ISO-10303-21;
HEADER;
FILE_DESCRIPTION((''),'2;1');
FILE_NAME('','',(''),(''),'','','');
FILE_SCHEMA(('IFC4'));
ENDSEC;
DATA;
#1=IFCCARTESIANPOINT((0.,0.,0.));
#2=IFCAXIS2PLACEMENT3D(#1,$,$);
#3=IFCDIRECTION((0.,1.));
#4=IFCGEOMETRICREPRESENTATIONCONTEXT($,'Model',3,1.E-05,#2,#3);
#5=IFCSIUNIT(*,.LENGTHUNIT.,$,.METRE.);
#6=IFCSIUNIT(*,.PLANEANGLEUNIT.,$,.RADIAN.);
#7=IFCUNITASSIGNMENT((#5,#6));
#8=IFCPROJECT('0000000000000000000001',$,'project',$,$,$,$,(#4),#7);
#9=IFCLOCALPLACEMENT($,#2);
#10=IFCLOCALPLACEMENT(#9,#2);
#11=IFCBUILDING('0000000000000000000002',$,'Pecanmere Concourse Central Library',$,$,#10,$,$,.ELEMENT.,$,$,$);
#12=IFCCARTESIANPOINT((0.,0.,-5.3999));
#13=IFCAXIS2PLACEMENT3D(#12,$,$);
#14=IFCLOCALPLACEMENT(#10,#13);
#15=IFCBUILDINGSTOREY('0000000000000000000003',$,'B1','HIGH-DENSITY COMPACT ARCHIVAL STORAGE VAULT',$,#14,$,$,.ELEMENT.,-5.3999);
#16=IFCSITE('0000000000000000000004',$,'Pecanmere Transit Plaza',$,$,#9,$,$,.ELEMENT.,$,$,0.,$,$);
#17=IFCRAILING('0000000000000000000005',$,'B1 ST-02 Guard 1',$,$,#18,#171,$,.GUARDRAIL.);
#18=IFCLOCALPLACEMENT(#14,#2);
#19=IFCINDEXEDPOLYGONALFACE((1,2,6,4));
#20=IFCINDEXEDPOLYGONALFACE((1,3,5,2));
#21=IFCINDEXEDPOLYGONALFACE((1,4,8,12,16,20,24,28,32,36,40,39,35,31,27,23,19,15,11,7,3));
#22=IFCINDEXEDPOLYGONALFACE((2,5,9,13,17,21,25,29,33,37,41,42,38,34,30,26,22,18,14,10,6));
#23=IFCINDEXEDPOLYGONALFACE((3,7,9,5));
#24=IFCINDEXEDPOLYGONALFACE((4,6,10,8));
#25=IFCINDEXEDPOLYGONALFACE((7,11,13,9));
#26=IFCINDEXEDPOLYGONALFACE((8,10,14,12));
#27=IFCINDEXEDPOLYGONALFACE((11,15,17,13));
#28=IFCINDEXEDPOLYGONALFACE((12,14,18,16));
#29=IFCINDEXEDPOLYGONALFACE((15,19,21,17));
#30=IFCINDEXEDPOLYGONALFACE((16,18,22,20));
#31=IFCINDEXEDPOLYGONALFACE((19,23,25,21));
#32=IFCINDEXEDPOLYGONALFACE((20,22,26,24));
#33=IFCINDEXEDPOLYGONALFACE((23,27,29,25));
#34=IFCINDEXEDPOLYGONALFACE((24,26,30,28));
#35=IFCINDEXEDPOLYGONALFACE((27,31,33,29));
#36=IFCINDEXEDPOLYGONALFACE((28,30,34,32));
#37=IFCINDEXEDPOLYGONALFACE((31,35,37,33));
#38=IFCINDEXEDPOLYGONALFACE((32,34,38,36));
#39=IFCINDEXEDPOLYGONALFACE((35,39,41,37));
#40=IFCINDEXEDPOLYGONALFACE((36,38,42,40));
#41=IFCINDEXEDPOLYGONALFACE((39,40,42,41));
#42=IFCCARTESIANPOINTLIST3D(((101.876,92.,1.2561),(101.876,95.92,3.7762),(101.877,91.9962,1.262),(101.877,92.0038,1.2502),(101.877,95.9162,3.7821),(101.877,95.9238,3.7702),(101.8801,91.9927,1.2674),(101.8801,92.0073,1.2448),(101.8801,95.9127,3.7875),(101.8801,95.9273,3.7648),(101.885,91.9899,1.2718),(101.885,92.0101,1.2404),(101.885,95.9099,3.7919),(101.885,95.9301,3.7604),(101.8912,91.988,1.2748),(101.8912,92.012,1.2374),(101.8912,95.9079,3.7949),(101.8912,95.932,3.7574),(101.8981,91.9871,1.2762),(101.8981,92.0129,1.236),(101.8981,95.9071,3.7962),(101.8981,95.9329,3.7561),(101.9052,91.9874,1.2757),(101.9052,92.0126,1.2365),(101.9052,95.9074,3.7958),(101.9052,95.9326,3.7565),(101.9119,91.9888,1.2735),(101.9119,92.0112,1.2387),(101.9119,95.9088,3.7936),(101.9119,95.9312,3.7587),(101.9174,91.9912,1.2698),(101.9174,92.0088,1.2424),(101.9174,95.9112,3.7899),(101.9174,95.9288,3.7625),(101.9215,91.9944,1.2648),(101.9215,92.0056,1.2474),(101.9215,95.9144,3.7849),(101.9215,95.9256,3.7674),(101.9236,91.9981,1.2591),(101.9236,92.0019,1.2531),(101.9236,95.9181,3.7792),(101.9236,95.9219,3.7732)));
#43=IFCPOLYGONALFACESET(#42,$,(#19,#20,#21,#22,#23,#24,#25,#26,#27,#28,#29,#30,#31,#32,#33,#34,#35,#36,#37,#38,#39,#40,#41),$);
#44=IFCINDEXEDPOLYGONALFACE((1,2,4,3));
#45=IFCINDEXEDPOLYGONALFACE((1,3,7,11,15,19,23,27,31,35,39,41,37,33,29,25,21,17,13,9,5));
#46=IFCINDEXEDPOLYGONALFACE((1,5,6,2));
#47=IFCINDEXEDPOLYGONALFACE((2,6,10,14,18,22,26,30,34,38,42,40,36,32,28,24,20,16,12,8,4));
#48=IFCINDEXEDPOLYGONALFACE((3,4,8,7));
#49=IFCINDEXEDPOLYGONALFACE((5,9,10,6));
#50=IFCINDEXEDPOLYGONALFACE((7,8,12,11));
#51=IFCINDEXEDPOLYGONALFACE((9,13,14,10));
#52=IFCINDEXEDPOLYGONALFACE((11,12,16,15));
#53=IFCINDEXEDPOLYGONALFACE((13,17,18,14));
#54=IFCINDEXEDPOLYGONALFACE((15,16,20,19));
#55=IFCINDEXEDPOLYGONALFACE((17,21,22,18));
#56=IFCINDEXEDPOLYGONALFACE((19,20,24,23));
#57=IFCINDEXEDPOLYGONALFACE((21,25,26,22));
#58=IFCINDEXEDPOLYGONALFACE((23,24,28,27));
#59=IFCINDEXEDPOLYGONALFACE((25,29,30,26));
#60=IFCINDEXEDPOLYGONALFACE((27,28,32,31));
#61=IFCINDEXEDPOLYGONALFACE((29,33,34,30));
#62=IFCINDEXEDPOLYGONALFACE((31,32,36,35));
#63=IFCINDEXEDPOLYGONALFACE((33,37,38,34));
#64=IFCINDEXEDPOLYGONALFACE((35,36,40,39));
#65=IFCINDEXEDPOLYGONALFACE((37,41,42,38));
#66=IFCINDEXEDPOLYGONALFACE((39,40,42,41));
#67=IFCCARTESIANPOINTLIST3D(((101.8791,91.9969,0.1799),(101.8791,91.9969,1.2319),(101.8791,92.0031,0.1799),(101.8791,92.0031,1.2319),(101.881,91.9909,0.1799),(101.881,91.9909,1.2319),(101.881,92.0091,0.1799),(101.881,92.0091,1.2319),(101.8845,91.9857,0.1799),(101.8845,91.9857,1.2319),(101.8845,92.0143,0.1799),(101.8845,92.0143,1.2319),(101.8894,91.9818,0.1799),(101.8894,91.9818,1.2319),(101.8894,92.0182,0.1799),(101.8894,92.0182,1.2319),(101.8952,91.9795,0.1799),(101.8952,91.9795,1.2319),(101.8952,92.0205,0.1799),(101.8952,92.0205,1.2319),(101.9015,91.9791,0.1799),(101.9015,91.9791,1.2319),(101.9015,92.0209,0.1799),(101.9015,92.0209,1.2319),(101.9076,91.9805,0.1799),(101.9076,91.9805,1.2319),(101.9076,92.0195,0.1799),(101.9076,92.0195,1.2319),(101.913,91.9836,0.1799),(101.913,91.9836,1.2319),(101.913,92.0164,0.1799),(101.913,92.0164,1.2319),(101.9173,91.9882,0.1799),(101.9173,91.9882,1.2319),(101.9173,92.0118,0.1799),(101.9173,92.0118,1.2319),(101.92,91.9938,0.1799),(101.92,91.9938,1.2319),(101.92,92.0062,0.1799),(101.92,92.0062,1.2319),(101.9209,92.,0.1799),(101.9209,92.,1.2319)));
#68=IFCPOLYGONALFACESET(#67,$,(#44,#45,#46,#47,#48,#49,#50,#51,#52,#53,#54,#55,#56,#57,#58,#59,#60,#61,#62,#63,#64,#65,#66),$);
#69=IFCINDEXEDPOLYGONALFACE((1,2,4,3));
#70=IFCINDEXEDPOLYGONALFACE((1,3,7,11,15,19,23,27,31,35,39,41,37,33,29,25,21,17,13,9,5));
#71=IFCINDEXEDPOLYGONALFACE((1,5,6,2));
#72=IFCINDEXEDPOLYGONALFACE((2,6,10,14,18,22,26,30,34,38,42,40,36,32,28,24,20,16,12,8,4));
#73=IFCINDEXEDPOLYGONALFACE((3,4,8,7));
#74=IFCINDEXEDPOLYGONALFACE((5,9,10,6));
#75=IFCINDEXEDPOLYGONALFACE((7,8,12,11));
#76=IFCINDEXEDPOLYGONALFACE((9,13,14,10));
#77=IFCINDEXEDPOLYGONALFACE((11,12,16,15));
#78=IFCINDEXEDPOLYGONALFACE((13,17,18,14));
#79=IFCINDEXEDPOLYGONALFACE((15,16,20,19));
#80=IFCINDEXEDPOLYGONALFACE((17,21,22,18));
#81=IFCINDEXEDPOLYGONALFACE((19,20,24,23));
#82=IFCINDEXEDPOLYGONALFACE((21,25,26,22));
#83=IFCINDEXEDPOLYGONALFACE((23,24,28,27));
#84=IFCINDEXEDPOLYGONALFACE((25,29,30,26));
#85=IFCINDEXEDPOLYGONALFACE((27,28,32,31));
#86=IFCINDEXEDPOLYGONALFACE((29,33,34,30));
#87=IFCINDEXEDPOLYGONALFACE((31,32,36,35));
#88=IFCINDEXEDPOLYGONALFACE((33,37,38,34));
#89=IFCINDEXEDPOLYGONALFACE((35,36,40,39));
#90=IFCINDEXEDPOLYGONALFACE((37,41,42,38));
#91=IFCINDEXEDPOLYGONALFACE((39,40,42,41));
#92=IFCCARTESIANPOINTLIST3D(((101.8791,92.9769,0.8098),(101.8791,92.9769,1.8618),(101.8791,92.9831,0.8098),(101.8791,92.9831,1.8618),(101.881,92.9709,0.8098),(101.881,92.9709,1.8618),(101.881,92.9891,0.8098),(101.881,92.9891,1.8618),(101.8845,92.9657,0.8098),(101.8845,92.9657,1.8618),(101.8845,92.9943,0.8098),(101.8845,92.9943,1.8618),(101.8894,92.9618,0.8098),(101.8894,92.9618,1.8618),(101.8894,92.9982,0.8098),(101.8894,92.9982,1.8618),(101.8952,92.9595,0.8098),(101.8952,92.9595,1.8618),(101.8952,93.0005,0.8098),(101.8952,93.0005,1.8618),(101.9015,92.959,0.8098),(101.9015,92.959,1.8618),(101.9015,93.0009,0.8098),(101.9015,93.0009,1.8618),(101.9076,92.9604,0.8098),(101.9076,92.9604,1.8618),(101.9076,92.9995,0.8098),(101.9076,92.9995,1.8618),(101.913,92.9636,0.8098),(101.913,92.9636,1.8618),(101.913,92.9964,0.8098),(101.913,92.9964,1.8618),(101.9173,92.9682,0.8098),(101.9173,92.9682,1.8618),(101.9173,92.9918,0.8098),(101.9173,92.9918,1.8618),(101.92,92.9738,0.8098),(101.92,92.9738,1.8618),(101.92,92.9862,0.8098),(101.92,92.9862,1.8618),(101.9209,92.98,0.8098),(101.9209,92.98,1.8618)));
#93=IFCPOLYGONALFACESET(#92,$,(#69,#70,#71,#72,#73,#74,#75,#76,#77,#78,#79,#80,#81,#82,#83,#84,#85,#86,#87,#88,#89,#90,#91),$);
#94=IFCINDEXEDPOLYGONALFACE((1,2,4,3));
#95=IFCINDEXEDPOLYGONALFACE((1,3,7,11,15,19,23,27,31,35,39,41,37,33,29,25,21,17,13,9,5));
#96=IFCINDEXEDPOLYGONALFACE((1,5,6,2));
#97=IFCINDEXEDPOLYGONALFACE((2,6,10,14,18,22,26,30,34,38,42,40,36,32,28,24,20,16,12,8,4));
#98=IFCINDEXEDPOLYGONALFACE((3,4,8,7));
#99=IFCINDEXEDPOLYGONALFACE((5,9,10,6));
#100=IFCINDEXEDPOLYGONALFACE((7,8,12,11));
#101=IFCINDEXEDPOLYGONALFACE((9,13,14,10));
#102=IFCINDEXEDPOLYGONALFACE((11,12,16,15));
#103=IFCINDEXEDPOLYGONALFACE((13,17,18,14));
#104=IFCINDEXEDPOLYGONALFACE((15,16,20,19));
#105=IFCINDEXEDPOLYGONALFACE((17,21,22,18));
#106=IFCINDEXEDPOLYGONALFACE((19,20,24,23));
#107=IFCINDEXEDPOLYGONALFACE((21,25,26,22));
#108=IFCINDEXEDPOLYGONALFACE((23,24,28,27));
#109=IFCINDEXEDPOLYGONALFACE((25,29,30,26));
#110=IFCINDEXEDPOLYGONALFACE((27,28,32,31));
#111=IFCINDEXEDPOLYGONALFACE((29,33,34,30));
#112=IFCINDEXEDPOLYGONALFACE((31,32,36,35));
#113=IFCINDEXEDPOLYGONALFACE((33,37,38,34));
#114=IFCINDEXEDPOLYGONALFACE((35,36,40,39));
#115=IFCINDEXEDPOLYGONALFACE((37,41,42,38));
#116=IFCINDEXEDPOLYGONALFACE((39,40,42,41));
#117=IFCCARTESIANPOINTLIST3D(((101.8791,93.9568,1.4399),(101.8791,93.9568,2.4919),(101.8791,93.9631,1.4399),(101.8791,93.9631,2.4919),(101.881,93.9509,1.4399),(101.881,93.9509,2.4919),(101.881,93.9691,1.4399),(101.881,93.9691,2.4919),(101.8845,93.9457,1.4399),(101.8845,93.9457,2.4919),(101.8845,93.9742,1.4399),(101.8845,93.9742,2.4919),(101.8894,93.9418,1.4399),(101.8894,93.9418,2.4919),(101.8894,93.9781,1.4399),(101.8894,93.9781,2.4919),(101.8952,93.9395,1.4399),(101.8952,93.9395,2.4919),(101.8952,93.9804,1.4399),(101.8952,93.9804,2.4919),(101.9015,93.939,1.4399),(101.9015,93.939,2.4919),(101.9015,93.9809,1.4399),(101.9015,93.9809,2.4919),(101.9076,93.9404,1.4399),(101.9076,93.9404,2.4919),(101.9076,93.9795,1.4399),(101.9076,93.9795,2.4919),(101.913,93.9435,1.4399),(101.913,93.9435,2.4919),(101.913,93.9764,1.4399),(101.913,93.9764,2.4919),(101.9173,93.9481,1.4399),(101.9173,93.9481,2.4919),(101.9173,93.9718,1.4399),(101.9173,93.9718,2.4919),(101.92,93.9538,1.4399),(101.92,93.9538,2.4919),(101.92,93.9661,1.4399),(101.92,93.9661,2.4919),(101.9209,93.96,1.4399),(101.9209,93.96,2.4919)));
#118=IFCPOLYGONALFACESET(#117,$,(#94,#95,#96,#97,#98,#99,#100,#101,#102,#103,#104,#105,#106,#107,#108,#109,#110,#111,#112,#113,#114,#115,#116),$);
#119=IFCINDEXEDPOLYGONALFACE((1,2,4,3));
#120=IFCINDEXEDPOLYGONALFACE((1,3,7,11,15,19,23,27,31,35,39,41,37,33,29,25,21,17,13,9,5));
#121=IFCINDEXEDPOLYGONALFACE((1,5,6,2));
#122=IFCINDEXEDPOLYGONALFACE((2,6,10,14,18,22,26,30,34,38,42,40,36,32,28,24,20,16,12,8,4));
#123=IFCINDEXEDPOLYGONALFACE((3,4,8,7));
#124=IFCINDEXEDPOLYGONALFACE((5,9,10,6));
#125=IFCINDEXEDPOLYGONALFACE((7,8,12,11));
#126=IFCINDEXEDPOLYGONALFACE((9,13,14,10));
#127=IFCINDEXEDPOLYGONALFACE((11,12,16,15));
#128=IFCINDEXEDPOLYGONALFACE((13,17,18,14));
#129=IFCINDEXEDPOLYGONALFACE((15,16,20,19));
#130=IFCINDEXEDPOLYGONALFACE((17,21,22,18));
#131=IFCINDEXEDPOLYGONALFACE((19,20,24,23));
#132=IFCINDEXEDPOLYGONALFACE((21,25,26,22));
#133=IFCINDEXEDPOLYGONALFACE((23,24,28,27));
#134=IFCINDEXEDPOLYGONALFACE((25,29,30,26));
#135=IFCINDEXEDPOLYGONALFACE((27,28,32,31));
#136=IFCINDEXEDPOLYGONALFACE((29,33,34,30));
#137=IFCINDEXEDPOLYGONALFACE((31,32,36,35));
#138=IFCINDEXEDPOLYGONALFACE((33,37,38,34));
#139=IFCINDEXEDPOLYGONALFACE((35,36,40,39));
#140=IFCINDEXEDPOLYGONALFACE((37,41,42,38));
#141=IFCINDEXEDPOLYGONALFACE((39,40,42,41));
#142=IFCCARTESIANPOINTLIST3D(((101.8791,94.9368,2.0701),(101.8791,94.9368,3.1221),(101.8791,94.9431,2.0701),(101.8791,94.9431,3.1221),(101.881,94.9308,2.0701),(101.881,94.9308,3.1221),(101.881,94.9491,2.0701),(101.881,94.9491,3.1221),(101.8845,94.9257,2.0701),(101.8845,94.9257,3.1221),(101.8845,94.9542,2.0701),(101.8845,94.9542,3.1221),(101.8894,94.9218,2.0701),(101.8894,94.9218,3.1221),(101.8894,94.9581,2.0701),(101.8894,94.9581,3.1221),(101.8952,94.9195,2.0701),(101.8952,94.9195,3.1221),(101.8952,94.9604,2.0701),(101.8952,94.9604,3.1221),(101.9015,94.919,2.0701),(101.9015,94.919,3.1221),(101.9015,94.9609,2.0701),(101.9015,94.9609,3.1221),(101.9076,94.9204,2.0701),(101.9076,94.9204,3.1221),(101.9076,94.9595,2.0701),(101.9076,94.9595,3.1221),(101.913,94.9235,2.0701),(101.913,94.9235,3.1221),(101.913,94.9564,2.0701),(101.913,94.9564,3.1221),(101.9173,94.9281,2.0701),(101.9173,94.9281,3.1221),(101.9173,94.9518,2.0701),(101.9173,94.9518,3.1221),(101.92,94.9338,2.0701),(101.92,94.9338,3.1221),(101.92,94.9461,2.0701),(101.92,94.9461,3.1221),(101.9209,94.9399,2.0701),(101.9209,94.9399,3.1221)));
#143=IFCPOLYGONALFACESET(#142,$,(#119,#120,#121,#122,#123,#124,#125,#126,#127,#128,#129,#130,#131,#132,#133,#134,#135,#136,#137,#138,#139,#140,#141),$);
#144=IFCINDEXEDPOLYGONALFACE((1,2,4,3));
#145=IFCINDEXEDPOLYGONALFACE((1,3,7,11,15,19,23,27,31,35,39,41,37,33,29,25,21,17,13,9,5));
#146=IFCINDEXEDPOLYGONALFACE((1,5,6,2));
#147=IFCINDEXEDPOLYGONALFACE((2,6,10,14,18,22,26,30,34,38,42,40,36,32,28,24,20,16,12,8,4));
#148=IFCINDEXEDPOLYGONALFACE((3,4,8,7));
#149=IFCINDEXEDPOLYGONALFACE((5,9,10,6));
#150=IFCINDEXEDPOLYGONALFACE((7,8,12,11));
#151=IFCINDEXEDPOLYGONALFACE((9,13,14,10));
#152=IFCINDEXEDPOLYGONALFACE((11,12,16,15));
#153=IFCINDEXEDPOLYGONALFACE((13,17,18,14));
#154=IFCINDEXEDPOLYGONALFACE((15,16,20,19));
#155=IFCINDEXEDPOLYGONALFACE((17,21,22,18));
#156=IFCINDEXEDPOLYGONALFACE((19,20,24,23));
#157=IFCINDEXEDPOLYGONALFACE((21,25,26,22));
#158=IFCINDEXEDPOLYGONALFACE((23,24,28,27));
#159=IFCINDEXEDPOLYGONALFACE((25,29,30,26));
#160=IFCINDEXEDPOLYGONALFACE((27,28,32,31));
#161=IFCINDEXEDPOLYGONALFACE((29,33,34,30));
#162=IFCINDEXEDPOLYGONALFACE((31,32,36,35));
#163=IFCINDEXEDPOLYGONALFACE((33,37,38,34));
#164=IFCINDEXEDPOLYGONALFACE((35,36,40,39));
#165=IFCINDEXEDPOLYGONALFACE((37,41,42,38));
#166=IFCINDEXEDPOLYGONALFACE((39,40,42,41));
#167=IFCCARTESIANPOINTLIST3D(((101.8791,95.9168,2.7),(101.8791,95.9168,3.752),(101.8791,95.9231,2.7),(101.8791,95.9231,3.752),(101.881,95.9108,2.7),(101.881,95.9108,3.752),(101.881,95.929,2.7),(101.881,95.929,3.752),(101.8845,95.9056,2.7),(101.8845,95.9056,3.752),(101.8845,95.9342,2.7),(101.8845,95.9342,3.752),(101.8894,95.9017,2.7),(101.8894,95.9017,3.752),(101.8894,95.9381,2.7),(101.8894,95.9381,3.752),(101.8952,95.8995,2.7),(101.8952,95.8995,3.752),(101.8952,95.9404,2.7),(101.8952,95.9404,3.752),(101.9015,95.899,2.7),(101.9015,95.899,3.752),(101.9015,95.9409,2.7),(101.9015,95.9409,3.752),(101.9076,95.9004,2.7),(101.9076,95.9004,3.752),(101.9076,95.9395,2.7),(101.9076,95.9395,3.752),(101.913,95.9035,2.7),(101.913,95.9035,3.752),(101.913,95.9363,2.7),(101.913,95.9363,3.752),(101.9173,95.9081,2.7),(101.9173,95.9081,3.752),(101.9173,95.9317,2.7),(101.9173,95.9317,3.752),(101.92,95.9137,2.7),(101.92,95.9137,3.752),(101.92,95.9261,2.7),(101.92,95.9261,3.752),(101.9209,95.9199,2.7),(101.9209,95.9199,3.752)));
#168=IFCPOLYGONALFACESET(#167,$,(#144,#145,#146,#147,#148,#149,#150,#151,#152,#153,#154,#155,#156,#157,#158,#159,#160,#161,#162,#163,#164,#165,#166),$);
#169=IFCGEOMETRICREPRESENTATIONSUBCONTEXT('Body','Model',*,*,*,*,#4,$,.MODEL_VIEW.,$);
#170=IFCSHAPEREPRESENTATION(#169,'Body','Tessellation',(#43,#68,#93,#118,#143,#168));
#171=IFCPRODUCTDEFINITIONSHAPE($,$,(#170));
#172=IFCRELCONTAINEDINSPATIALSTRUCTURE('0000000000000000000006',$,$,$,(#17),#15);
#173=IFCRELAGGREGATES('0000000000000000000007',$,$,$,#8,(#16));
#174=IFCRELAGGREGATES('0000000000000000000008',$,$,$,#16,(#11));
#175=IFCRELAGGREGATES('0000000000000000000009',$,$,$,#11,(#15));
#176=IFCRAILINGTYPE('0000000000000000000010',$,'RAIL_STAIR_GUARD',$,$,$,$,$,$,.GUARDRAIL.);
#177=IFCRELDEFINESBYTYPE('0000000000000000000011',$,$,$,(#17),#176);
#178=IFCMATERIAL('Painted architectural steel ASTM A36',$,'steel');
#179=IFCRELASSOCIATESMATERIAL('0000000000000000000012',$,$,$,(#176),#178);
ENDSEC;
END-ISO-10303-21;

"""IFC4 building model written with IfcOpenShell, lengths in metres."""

from ifc_helpers import new_model, si_unit, direction, frame, origin, origin_2d, place, context, subcontext, project, spatial, circle, extrude, material, type_object, element, save


model = new_model("IFC4")

# Units and contexts
model_context = context("Model", 3, precision=1e-05, world=origin(), true_north=direction((0.0, 1.0)))
body_context = subcontext(model_context, "Body", "Model", "MODEL_VIEW")
ifc_project = project(units=[si_unit("LENGTHUNIT", "METRE"), si_unit("PLANEANGLEUNIT", "RADIAN")], contexts=[model_context])

# Site, building, storey
site_placement = place(None, origin())
site = spatial("IfcSite", under=ifc_project, at=site_placement, Name="Pecanmere Transit Plaza", CompositionType="ELEMENT", RefElevation=0.0)
building_placement = place(site_placement, origin())
building = spatial("IfcBuilding", under=site, at=building_placement, Name="Pecanmere Concourse Central Library", CompositionType="ELEMENT")
storey_placement = place(building_placement, frame((0.0, 0.0, -5.3999)))
storey = spatial("IfcBuildingStorey", under=building, at=storey_placement, Name="B1", Description="HIGH-DENSITY COMPACT ARCHIVAL STORAGE VAULT", CompositionType="ELEMENT", Elevation=-5.3999)

# Railing
ifc_material_1 = material(Name="Painted architectural steel ASTM A36", Category="steel")
railing_type_1 = type_object("IfcRailingType", Name="RAIL_STAIR_GUARD", PredefinedType="GUARDRAIL", material=ifc_material_1)
railing_1_placement = place(storey_placement, frame((101.8999, 92.0, 0.1799)))
element("IfcRailing", 1, at=railing_1_placement, inside=storey, type_object=railing_type_1, Name="B1 ST-02 Guard 1", PredefinedType="GUARDRAIL", context=body_context, shape_type="SweptSolid", body=[
    extrude(circle(Radius=0.0239, at=origin_2d()), frame((0.0, 0.0, 1.0762), z_axis=(0.0, 0.841172, 0.540768), x_axis=(-1.0, 0.0, 0.0)), (0.0, 0.0, 1.0), 4.6602),
    extrude(circle(Radius=0.021, at=origin_2d()), origin(), (0.0, 0.0, 1.0), 1.052),
    extrude(circle(Radius=0.021, at=origin_2d()), frame((0.0, 0.98, 0.6299)), (0.0, 0.0, 1.0), 1.052),
    extrude(circle(Radius=0.021, at=origin_2d()), frame((0.0, 1.96, 1.26)), (0.0, 0.0, 1.0), 1.052),
    extrude(circle(Radius=0.021, at=origin_2d()), frame((0.0, 2.9399, 1.8901)), (0.0, 0.0, 1.0), 1.052),
    extrude(circle(Radius=0.021, at=origin_2d()), frame((0.0, 3.9199, 2.52)), (0.0, 0.0, 1.0), 1.052),
])

save(model, "model.ifc")
